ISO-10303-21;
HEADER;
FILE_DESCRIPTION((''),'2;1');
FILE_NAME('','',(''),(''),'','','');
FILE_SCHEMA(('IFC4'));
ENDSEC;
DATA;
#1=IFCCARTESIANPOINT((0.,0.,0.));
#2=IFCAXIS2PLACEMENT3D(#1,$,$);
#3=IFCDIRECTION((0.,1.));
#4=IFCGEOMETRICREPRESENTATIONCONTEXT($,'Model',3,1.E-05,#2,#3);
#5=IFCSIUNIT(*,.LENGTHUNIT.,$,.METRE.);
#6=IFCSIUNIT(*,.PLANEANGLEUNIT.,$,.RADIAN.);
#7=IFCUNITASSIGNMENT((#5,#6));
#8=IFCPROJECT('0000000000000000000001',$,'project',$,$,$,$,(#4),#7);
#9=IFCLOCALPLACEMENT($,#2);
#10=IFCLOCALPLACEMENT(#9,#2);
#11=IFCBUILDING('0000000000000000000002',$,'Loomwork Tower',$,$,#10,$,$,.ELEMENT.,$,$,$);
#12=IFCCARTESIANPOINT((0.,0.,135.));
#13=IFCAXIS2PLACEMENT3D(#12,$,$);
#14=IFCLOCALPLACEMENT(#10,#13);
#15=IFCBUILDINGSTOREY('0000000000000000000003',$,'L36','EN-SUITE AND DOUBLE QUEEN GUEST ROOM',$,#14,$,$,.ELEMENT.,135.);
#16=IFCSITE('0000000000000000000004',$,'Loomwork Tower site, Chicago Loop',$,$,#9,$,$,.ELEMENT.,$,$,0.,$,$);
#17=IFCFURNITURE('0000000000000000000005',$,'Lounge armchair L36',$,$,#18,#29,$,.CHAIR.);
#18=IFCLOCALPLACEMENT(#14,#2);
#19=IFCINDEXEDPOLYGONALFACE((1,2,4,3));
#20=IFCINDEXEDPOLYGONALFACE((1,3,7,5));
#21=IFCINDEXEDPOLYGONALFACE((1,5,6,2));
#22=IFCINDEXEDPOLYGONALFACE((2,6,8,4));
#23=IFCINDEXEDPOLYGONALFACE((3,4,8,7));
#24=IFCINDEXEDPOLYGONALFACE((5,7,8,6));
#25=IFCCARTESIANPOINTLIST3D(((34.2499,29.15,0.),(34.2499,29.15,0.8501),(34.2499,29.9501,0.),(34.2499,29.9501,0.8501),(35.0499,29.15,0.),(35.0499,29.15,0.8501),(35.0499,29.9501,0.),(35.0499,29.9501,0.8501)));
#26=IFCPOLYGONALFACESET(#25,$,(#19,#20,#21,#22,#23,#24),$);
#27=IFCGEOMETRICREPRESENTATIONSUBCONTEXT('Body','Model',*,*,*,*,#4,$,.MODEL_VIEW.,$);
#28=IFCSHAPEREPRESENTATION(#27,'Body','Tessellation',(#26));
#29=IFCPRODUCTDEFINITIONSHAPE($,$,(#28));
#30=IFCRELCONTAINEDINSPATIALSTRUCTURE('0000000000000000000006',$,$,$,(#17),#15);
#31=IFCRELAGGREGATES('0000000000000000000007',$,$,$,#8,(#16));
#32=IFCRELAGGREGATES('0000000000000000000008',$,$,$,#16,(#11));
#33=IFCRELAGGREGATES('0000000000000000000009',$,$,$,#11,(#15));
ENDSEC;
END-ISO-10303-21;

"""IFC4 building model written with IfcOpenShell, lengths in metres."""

from ifc_helpers import new_model, si_unit, direction, frame, origin, origin_2d, place, context, subcontext, project, spatial, rectangle, extrude, element, save


model = new_model("IFC4")

# Units and contexts
model_context = context("Model", 3, precision=1e-05, world=origin(), true_north=direction((0.0, 1.0)))
body_context = subcontext(model_context, "Body", "Model", "MODEL_VIEW")
ifc_project = project(units=[si_unit("LENGTHUNIT", "METRE"), si_unit("PLANEANGLEUNIT", "RADIAN")], contexts=[model_context])

# Site, building, storey
site_placement = place(None, origin())
site = spatial("IfcSite", under=ifc_project, at=site_placement, Name="Loomwork Tower site, Chicago Loop", CompositionType="ELEMENT", RefElevation=0.0)
building_placement = place(site_placement, origin())
building = spatial("IfcBuilding", under=site, at=building_placement, Name="Loomwork Tower", CompositionType="ELEMENT")
storey_placement = place(building_placement, frame((0.0, 0.0, 135.0)))
storey = spatial("IfcBuildingStorey", under=building, at=storey_placement, Name="L36", Description="EN-SUITE AND DOUBLE QUEEN GUEST ROOM", CompositionType="ELEMENT", Elevation=135.0)

# Furniture
furniture_1_placement = place(storey_placement, frame((34.6499, 29.55, 0.0), z_axis=(0.0, 0.0, 1.0), x_axis=(1.0, 0.0, 0.0)))
element("IfcFurniture", 1, at=furniture_1_placement, inside=storey, Name="Lounge armchair L36", PredefinedType="CHAIR", context=body_context, shape_type="SweptSolid", body=[
    extrude(rectangle(XDim=0.8, YDim=0.8, at=origin_2d()), origin(), (0.0, 0.0, 1.0), 0.8501),
])

save(model, "model.ifc")
